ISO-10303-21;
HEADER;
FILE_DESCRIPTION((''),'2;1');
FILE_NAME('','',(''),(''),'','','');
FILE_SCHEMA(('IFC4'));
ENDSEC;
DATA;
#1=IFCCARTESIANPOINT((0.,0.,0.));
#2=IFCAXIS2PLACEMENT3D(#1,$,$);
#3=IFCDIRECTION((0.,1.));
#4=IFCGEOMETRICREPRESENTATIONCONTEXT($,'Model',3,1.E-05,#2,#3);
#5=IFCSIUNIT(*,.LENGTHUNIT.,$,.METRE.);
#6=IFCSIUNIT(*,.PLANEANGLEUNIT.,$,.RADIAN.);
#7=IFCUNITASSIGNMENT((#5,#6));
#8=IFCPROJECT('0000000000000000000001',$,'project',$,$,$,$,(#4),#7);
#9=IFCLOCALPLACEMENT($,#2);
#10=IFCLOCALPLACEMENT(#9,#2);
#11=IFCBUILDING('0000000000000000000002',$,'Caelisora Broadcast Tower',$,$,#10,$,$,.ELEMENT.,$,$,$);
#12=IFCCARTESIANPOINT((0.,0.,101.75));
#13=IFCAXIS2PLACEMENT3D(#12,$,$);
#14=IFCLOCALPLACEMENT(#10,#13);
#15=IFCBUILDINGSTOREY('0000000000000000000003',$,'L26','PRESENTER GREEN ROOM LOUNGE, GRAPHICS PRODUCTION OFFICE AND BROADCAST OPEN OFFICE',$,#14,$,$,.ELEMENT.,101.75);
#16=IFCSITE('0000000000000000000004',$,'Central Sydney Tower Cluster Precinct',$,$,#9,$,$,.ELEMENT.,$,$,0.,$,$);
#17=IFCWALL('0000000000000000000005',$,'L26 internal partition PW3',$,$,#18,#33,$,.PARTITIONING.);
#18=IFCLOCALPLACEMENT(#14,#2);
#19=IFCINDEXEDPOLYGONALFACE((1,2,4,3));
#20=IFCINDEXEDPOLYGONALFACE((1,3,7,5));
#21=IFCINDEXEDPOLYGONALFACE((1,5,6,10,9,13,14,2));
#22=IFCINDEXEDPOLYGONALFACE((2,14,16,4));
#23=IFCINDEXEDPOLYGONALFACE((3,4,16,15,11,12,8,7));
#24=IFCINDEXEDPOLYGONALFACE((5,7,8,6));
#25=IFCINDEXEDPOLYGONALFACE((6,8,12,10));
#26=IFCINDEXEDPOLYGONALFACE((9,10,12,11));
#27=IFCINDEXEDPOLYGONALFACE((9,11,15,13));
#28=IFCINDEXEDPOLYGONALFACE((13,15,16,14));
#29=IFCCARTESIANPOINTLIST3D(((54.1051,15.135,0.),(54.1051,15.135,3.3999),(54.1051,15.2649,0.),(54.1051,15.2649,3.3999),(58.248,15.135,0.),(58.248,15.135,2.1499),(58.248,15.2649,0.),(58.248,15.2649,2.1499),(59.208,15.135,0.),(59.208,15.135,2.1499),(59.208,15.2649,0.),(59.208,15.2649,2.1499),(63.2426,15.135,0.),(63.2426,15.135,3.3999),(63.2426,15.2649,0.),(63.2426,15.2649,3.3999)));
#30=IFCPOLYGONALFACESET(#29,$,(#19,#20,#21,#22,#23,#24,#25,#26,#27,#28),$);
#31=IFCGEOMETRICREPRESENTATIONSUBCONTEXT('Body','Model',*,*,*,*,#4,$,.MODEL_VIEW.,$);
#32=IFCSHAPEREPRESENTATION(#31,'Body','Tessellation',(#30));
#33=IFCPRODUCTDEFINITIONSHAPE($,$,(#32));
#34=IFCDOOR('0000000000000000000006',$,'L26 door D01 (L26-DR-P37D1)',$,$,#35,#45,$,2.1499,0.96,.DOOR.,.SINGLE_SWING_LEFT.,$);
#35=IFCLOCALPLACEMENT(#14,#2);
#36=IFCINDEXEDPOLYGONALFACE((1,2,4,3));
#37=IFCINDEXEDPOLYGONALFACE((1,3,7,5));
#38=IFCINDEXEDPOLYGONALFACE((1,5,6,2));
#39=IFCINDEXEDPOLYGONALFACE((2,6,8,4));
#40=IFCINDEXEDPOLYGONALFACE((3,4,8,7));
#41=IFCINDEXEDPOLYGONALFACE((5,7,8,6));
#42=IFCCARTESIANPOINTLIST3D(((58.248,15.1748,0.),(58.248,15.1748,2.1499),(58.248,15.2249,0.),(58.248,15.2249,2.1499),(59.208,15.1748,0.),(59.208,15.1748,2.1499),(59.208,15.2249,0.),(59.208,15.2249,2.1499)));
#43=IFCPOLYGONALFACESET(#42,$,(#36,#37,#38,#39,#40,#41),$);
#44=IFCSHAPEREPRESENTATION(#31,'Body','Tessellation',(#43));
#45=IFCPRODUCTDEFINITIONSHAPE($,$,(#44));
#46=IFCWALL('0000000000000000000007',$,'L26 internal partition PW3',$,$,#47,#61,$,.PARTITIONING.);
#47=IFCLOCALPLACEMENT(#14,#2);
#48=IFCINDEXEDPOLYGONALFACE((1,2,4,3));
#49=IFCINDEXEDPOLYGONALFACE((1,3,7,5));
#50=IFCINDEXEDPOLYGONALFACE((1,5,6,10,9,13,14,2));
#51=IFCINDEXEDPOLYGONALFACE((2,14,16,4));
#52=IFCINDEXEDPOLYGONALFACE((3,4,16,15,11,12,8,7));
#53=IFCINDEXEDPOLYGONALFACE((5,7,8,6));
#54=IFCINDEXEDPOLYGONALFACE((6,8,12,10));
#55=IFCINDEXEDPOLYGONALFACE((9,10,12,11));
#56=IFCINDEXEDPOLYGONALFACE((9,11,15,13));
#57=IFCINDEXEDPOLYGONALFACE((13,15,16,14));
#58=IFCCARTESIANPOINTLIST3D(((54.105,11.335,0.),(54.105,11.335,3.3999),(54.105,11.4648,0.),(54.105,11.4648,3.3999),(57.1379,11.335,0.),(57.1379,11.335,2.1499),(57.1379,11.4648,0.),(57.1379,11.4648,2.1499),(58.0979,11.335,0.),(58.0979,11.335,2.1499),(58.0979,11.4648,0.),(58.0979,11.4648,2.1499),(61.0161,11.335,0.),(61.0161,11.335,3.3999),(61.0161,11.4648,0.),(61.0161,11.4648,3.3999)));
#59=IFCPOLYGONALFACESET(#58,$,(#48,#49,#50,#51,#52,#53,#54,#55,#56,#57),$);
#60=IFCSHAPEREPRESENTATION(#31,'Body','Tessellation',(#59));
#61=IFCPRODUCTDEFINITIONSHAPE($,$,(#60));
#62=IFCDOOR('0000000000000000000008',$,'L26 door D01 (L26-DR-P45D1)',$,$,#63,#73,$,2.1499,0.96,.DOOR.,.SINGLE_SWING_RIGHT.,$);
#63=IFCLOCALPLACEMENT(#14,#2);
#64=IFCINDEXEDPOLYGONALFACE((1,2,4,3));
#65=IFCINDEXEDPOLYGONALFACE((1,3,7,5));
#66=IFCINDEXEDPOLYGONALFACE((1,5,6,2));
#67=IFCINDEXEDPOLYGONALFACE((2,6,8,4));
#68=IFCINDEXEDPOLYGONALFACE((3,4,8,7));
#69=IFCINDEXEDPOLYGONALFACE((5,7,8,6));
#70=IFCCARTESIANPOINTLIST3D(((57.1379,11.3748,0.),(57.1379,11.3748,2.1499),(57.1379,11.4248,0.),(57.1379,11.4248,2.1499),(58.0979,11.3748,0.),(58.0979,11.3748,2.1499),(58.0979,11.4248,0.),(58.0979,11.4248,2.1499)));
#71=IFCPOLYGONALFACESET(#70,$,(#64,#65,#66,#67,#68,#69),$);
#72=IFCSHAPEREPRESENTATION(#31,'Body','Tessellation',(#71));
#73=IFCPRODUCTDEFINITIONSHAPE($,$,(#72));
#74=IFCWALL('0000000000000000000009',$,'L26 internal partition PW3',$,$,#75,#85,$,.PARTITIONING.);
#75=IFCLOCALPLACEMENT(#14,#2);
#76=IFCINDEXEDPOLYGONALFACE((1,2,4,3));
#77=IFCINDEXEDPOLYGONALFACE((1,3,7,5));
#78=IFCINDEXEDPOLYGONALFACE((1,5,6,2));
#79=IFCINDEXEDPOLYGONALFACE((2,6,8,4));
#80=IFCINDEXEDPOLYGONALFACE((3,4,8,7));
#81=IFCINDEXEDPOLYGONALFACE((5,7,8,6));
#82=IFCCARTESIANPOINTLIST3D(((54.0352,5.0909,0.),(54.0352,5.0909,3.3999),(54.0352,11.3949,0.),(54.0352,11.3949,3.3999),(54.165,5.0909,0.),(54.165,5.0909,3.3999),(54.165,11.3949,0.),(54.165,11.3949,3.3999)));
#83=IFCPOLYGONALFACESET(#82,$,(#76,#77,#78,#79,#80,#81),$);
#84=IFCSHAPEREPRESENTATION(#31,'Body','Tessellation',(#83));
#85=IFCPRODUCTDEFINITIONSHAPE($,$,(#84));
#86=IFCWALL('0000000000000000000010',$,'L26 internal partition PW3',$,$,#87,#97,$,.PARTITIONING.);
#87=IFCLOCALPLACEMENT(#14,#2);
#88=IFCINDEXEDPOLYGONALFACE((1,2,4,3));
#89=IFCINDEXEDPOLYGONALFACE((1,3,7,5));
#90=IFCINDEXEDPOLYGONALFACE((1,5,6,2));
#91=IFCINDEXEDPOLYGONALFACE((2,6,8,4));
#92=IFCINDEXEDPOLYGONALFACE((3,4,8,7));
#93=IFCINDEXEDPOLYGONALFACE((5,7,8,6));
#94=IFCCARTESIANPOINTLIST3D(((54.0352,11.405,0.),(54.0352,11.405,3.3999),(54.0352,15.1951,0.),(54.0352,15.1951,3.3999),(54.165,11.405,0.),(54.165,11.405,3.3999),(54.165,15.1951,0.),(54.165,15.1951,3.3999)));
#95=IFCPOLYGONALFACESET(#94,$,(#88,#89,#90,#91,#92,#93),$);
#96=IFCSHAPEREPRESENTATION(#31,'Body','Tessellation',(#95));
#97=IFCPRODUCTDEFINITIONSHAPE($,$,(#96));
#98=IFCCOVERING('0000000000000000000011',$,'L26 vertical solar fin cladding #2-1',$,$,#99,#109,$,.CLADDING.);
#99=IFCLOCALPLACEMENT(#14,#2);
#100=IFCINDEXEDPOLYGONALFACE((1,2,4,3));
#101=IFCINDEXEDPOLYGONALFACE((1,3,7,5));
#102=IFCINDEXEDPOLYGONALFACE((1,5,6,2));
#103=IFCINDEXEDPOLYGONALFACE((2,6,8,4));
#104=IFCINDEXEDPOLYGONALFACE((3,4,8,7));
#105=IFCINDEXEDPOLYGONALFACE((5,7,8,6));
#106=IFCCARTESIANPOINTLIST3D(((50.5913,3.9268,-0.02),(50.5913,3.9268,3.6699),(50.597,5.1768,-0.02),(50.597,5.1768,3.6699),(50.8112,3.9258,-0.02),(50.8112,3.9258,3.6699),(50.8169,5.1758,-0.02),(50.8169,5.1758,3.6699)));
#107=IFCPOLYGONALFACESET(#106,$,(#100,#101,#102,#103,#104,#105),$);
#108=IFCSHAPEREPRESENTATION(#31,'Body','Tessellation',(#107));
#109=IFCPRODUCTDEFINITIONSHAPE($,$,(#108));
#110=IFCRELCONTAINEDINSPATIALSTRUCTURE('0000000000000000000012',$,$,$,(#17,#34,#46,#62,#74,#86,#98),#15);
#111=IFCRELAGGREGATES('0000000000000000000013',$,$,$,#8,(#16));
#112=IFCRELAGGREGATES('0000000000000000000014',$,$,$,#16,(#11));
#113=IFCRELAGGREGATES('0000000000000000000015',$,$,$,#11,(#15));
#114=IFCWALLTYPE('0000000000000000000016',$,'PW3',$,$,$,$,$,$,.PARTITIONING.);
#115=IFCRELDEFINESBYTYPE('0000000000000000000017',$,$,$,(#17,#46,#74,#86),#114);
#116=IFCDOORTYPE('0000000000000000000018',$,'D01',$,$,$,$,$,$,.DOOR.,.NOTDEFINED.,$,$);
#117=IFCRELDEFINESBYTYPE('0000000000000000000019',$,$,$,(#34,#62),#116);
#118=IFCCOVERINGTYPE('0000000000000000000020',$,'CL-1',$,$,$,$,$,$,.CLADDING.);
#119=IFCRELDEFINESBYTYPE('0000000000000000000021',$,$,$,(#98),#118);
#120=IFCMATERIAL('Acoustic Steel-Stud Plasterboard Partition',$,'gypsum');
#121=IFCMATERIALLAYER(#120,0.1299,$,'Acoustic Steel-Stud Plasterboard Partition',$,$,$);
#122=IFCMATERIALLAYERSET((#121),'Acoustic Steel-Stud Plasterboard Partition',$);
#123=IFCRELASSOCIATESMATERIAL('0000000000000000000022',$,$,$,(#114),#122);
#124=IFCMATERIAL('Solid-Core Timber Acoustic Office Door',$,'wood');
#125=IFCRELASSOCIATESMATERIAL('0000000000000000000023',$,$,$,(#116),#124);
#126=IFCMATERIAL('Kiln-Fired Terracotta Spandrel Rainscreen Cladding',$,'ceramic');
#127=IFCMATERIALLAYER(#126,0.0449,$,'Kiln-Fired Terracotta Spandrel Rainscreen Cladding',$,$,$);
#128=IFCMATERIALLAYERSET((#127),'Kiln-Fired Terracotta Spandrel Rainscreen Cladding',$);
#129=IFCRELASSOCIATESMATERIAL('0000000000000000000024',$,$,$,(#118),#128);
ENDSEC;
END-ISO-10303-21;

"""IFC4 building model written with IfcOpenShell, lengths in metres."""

from ifc_helpers import new_model, si_unit, direction, frame, frame_2d, origin, origin_2d, place, context, subcontext, project, spatial, rectangle, extrude, source, transform, mapped, material, layer, layer_set, type_object, type_shapes, element, fill, save


model = new_model("IFC4")

# Units and contexts
model_context = context("Model", 3, precision=1e-05, world=origin(), true_north=direction((0.0, 1.0)))
body_context = subcontext(model_context, "Body", "Model", "MODEL_VIEW")
ifc_project = project(units=[si_unit("LENGTHUNIT", "METRE"), si_unit("PLANEANGLEUNIT", "RADIAN")], contexts=[model_context])

# Site, building, storey
site_placement = place(None, origin())
site = spatial("IfcSite", under=ifc_project, at=site_placement, Name="Central Sydney Tower Cluster Precinct", CompositionType="ELEMENT", RefElevation=0.0)
building_placement = place(site_placement, origin())
building = spatial("IfcBuilding", under=site, at=building_placement, Name="Caelisora Broadcast Tower", CompositionType="ELEMENT")
storey_placement = place(building_placement, frame((0.0, 0.0, 101.75)))
storey = spatial("IfcBuildingStorey", under=building, at=storey_placement, Name="L26", Description="PRESENTER GREEN ROOM LOUNGE, GRAPHICS PRODUCTION OFFICE AND BROADCAST OPEN OFFICE", CompositionType="ELEMENT", Elevation=101.75)

# Walls, openings, doors
ifc_material_1 = material(Name="Acoustic Steel-Stud Plasterboard Partition", Category="gypsum")
ifc_layer_1 = layer(ifc_material_1, 0.1299, Name="Acoustic Steel-Stud Plasterboard Partition")
ifc_layer_set_1 = layer_set([ifc_layer_1], Name="Acoustic Steel-Stud Plasterboard Partition")
wall_type_1 = type_object("IfcWallType", Name="PW3", PredefinedType="PARTITIONING", material=ifc_layer_set_1)
wall_1_placement = place(storey_placement, frame((54.105, 15.2, 0.0), z_axis=(0.0, 0.0, 1.0), x_axis=(1.0, 0.0, 0.0)))
wall_1 = element("IfcWall", 1, at=wall_1_placement, inside=storey, type_object=wall_type_1, Name="L26 internal partition PW3", PredefinedType="PARTITIONING", context=body_context, shape_type="SweptSolid", body=[
    extrude(rectangle(XDim=9.1375, YDim=0.1299, at=frame_2d((4.5688, 0.0))), origin(), (0.0, 0.0, 1.0), 3.3999),
])
opening_1_placement = place(wall_1_placement, frame((4.1431, 0.0, 0.0)))
opening_1 = element("IfcOpeningElement", 2, at=opening_1_placement, cuts=wall_1, PredefinedType="OPENING", context=body_context, shape_type="SweptSolid", body=[
    extrude(rectangle(XDim=0.96, YDim=2.1499, at=frame_2d((0.48, 1.075))), frame((0.0, 0.0769, 0.0), z_axis=(0.0, -1.0, 0.0), x_axis=(1.0, 0.0, 0.0)), (0.0, 0.0, 1.0), 0.1538),
])
ifc_material_2 = material(Name="Solid-Core Timber Acoustic Office Door", Category="wood")
door_type = type_object("IfcDoorType", Name="D01", OperationType="NOTDEFINED", PredefinedType="DOOR", material=ifc_material_2)
door_1_placement = place(opening_1_placement, origin())
door_1 = element("IfcDoor", 3, at=door_1_placement, inside=storey, type_object=door_type, Name="L26 door D01 (L26-DR-P37D1)", OperationType="SINGLE_SWING_LEFT", OverallHeight=2.1499, OverallWidth=0.96, PredefinedType="DOOR", context=body_context, shape_type="SweptSolid", body=[
    extrude(rectangle(XDim=0.96, YDim=2.1499, at=frame_2d((0.48, 1.075))), frame((0.0, 0.0249, 0.0), z_axis=(0.0, -1.0, 0.0), x_axis=(1.0, 0.0, 0.0)), (0.0, 0.0, 1.0), 0.05),
])
fill(opening_1, door_1)
wall_2_placement = place(storey_placement, frame((54.105, 11.3999, 0.0), z_axis=(0.0, 0.0, 1.0), x_axis=(1.0, 0.0, 0.0)))
wall_2 = element("IfcWall", 4, at=wall_2_placement, inside=storey, type_object=wall_type_1, Name="L26 internal partition PW3", PredefinedType="PARTITIONING", context=body_context, shape_type="SweptSolid", body=[
    extrude(rectangle(XDim=6.9111, YDim=0.1299, at=frame_2d((3.4556, 0.0))), origin(), (0.0, 0.0, 1.0), 3.3999),
])
opening_2_placement = place(wall_2_placement, frame((3.033, 0.0, 0.0)))
opening_2 = element("IfcOpeningElement", 5, at=opening_2_placement, cuts=wall_2, PredefinedType="OPENING", context=body_context, shape_type="SweptSolid", body=[
    extrude(rectangle(XDim=0.96, YDim=2.1499, at=frame_2d((0.48, 1.075))), frame((0.0, 0.0769, 0.0), z_axis=(0.0, -1.0, 0.0), x_axis=(1.0, 0.0, 0.0)), (0.0, 0.0, 1.0), 0.1538),
])
door_2_placement = place(opening_2_placement, origin())
door_2 = element("IfcDoor", 6, at=door_2_placement, inside=storey, type_object=door_type, Name="L26 door D01 (L26-DR-P45D1)", OperationType="SINGLE_SWING_RIGHT", OverallHeight=2.1499, OverallWidth=0.96, PredefinedType="DOOR", context=body_context, shape_type="SweptSolid", body=[
    extrude(rectangle(XDim=0.96, YDim=2.1499, at=frame_2d((0.48, 1.075))), frame((0.0, 0.0249, 0.0), z_axis=(0.0, -1.0, 0.0), x_axis=(1.0, 0.0, 0.0)), (0.0, 0.0, 1.0), 0.05),
])
fill(opening_2, door_2)

# Walls
wall_3_placement = place(storey_placement, frame((54.1001, 5.0911, 0.0), z_axis=(0.0, 0.0, 1.0), x_axis=(0.0, 1.0, 0.0)))
element("IfcWall", 7, at=wall_3_placement, inside=storey, type_object=wall_type_1, Name="L26 internal partition PW3", PredefinedType="PARTITIONING", context=body_context, shape_type="SweptSolid", body=[
    extrude(rectangle(XDim=6.304, YDim=0.1299, at=frame_2d((3.1519, 0.0))), origin(), (0.0, 0.0, 1.0), 3.3999),
])
wall_4_placement = place(storey_placement, frame((54.1001, 11.405, 0.0), z_axis=(0.0, 0.0, 1.0), x_axis=(0.0, 1.0, 0.0)))
element("IfcWall", 8, at=wall_4_placement, inside=storey, type_object=wall_type_1, Name="L26 internal partition PW3", PredefinedType="PARTITIONING", context=body_context, shape_type="SweptSolid", body=[
    extrude(rectangle(XDim=3.79, YDim=0.1299, at=frame_2d((1.895, 0.0))), origin(), (0.0, 0.0, 1.0), 3.3999),
])

# Covering
ifc_material_3 = material(Name="Kiln-Fired Terracotta Spandrel Rainscreen Cladding", Category="ceramic")
ifc_layer_2 = layer(ifc_material_3, 0.0449, Name="Kiln-Fired Terracotta Spandrel Rainscreen Cladding")
ifc_layer_set_2 = layer_set([ifc_layer_2], Name="Kiln-Fired Terracotta Spandrel Rainscreen Cladding")
covering_type = type_object("IfcCoveringType", Name="CL-1", PredefinedType="CLADDING", material=ifc_layer_set_2)
shared_shape_1 = source(origin(), body_context, "Body", "SweptSolid", [
    extrude(rectangle(XDim=0.22, YDim=1.25, at=origin_2d()), origin(), (0.0, 0.0, 1.0), 3.6899),
])
type_shapes(covering_type, [shared_shape_1])
covering_placement = place(storey_placement, frame((50.7041, 4.5513, -0.02), z_axis=(0.0, 0.0, 1.0), x_axis=(-0.99999, 0.004538, 0.0)))
element("IfcCovering", 9, at=covering_placement, inside=storey, type_object=covering_type, Name="L26 vertical solar fin cladding #2-1", PredefinedType="CLADDING", context=body_context, shape_type="MappedRepresentation", body=[
    mapped(shared_shape_1, transform((0.0, 0.0, 0.0), scale=1.0)),
])

save(model, "model.ifc")
